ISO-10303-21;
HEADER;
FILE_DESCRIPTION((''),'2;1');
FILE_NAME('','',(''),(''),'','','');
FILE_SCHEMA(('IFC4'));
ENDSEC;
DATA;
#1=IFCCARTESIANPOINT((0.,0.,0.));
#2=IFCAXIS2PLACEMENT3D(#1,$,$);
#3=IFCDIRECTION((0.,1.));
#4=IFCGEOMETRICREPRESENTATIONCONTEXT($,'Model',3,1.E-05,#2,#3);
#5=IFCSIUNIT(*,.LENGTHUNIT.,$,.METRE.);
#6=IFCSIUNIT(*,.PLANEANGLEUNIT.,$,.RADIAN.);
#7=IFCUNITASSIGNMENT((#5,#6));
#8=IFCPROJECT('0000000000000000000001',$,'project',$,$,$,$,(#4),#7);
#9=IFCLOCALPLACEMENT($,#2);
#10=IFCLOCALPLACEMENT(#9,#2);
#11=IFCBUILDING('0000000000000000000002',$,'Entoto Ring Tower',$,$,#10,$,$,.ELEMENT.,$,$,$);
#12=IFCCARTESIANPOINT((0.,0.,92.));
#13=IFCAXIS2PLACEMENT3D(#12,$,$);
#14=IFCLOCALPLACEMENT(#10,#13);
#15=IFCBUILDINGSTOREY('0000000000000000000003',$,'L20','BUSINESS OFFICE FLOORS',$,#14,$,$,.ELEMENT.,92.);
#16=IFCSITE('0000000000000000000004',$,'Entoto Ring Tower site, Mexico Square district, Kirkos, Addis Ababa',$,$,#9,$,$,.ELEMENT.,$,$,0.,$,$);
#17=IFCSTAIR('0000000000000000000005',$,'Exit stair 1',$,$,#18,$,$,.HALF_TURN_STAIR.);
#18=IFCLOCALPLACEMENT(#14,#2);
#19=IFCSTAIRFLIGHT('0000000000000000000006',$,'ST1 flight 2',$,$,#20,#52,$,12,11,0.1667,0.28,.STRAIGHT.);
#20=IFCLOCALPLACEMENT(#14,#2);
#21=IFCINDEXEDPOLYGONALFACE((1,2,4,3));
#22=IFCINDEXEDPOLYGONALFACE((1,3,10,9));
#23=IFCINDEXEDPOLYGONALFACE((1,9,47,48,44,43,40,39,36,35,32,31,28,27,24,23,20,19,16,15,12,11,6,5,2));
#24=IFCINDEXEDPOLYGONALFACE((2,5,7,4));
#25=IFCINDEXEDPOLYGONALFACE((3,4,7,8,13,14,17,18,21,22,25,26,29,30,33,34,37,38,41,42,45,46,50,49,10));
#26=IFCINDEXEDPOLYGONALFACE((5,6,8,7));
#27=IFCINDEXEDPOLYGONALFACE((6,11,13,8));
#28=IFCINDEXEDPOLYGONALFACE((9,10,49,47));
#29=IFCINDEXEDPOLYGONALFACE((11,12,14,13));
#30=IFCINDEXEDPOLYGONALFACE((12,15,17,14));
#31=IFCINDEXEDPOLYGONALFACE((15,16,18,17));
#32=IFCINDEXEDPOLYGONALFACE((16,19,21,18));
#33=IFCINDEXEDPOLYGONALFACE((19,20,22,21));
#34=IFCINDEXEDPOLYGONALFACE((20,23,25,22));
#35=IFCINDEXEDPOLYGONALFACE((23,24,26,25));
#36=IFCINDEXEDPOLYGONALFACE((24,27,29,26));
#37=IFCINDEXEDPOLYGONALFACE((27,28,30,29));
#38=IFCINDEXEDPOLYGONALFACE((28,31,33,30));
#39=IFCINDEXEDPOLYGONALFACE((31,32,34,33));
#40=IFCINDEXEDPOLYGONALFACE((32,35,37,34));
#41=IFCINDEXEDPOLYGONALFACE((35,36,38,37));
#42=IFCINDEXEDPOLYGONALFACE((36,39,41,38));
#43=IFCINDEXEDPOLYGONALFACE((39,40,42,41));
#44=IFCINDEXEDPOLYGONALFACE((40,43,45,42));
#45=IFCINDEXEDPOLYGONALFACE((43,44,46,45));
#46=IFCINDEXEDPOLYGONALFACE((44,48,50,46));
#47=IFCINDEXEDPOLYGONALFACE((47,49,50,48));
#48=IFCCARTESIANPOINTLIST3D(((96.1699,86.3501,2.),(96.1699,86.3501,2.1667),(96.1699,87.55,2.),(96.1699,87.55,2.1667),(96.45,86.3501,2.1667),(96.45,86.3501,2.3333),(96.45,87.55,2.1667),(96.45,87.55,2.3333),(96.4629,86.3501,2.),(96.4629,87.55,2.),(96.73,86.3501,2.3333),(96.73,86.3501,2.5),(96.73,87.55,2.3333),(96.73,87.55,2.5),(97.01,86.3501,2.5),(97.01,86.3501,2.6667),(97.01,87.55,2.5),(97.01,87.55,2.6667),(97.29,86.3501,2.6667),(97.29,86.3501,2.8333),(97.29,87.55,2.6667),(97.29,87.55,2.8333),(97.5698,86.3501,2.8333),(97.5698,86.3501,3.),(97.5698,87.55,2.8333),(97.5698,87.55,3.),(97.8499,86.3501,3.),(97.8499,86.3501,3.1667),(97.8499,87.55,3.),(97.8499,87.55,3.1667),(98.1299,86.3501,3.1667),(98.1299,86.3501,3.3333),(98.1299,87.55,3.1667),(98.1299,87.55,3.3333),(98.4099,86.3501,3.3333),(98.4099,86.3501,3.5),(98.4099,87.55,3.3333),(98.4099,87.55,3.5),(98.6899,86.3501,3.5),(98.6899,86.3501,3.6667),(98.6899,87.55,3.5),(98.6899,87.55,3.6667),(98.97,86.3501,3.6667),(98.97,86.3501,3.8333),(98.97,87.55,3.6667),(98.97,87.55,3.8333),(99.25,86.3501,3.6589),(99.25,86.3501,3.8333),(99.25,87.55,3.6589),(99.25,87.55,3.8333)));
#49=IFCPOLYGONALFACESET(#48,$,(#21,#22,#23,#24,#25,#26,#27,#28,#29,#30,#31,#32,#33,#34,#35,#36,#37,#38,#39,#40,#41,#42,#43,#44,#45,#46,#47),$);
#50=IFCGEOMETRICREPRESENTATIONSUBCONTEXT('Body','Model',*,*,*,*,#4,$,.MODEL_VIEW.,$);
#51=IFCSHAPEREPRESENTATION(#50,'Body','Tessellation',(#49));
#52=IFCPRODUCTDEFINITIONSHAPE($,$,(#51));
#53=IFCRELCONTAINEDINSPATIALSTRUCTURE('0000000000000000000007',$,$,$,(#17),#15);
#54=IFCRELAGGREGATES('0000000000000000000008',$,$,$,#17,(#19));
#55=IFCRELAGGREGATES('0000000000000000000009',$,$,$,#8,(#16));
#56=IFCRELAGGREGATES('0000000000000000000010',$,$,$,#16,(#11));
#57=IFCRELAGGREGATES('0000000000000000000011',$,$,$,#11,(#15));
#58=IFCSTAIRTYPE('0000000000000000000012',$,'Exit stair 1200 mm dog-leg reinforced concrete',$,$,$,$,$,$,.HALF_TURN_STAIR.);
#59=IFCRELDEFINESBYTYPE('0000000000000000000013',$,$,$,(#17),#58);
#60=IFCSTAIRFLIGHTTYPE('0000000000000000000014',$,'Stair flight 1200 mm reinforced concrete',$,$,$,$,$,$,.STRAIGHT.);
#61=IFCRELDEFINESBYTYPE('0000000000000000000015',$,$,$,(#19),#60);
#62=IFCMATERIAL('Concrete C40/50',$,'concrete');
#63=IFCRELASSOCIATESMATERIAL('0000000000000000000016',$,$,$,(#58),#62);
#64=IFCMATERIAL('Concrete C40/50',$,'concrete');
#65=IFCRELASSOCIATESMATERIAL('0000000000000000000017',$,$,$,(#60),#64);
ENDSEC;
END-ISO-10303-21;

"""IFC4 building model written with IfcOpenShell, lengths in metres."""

from ifc_helpers import new_model, si_unit, direction, frame, origin, place, context, subcontext, project, spatial, polyline, outline, extrude, material, type_object, element, aggregate, save


model = new_model("IFC4")

# Units and contexts
model_context = context("Model", 3, precision=1e-05, world=origin(), true_north=direction((0.0, 1.0)))
body_context = subcontext(model_context, "Body", "Model", "MODEL_VIEW")
ifc_project = project(units=[si_unit("LENGTHUNIT", "METRE"), si_unit("PLANEANGLEUNIT", "RADIAN")], contexts=[model_context])

# Site, building, storey
site_placement = place(None, origin())
site = spatial("IfcSite", under=ifc_project, at=site_placement, Name="Entoto Ring Tower site, Mexico Square district, Kirkos, Addis Ababa", CompositionType="ELEMENT", RefElevation=0.0)
building_placement = place(site_placement, origin())
building = spatial("IfcBuilding", under=site, at=building_placement, Name="Entoto Ring Tower", CompositionType="ELEMENT")
storey_placement = place(building_placement, frame((0.0, 0.0, 92.0)))
storey = spatial("IfcBuildingStorey", under=building, at=storey_placement, Name="L20", Description="BUSINESS OFFICE FLOORS", CompositionType="ELEMENT", Elevation=92.0)

# Stair, stair flight
ifc_material_1 = material(Name="Concrete C40/50", Category="concrete")
stair_type = type_object("IfcStairType", Name="Exit stair 1200 mm dog-leg reinforced concrete", PredefinedType="HALF_TURN_STAIR", material=ifc_material_1)
stair_placement = place(storey_placement, origin())
stair = element("IfcStair", 1, at=stair_placement, inside=storey, type_object=stair_type, Name="Exit stair 1", PredefinedType="HALF_TURN_STAIR")
ifc_material_2 = material(Name="Concrete C40/50", Category="concrete")
stair_flight_type = type_object("IfcStairFlightType", Name="Stair flight 1200 mm reinforced concrete", PredefinedType="STRAIGHT", material=ifc_material_2)
stair_flight_placement = place(storey_placement, frame((96.1699, 86.95, 2.0), z_axis=(0.0, 0.0, 1.0), x_axis=(1.0, 0.0, 0.0)))
stair_flight = element("IfcStairFlight", 2, at=stair_flight_placement, type_object=stair_flight_type, Name="ST1 flight 2", NumberOfRisers=12, NumberOfTreads=11, PredefinedType="STRAIGHT", RiserHeight=0.1667, TreadLength=0.28, context=body_context, shape_type="SweptSolid", body=[
    extrude(outline(polyline([(0.0, 0.0), (0.0, 0.1667), (0.28, 0.1667), (0.28, 0.3333), (0.5601, 0.3333), (0.5601, 0.5), (0.8401, 0.5), (0.8401, 0.6667), (1.1201, 0.6667), (1.1201, 0.8333), (1.3999, 0.8333), (1.3999, 1.0), (1.6799, 1.0), (1.6799, 1.1667), (1.96, 1.1667), (1.96, 1.3333), (2.24, 1.3333), (2.24, 1.5), (2.52, 1.5), (2.52, 1.6667), (2.8, 1.6667), (2.8, 1.8333), (3.0801, 1.8333), (3.0801, 2.0), (3.0801, 1.6589), (0.293, 0.0), (0.0, 0.0)])), frame((0.0, 0.6001, 0.0), z_axis=(0.0, -1.0, 0.0), x_axis=(1.0, 0.0, 0.0)), (0.0, 0.0, 1.0), 1.2),
])
aggregate(stair, [stair_flight])

save(model, "model.ifc")
